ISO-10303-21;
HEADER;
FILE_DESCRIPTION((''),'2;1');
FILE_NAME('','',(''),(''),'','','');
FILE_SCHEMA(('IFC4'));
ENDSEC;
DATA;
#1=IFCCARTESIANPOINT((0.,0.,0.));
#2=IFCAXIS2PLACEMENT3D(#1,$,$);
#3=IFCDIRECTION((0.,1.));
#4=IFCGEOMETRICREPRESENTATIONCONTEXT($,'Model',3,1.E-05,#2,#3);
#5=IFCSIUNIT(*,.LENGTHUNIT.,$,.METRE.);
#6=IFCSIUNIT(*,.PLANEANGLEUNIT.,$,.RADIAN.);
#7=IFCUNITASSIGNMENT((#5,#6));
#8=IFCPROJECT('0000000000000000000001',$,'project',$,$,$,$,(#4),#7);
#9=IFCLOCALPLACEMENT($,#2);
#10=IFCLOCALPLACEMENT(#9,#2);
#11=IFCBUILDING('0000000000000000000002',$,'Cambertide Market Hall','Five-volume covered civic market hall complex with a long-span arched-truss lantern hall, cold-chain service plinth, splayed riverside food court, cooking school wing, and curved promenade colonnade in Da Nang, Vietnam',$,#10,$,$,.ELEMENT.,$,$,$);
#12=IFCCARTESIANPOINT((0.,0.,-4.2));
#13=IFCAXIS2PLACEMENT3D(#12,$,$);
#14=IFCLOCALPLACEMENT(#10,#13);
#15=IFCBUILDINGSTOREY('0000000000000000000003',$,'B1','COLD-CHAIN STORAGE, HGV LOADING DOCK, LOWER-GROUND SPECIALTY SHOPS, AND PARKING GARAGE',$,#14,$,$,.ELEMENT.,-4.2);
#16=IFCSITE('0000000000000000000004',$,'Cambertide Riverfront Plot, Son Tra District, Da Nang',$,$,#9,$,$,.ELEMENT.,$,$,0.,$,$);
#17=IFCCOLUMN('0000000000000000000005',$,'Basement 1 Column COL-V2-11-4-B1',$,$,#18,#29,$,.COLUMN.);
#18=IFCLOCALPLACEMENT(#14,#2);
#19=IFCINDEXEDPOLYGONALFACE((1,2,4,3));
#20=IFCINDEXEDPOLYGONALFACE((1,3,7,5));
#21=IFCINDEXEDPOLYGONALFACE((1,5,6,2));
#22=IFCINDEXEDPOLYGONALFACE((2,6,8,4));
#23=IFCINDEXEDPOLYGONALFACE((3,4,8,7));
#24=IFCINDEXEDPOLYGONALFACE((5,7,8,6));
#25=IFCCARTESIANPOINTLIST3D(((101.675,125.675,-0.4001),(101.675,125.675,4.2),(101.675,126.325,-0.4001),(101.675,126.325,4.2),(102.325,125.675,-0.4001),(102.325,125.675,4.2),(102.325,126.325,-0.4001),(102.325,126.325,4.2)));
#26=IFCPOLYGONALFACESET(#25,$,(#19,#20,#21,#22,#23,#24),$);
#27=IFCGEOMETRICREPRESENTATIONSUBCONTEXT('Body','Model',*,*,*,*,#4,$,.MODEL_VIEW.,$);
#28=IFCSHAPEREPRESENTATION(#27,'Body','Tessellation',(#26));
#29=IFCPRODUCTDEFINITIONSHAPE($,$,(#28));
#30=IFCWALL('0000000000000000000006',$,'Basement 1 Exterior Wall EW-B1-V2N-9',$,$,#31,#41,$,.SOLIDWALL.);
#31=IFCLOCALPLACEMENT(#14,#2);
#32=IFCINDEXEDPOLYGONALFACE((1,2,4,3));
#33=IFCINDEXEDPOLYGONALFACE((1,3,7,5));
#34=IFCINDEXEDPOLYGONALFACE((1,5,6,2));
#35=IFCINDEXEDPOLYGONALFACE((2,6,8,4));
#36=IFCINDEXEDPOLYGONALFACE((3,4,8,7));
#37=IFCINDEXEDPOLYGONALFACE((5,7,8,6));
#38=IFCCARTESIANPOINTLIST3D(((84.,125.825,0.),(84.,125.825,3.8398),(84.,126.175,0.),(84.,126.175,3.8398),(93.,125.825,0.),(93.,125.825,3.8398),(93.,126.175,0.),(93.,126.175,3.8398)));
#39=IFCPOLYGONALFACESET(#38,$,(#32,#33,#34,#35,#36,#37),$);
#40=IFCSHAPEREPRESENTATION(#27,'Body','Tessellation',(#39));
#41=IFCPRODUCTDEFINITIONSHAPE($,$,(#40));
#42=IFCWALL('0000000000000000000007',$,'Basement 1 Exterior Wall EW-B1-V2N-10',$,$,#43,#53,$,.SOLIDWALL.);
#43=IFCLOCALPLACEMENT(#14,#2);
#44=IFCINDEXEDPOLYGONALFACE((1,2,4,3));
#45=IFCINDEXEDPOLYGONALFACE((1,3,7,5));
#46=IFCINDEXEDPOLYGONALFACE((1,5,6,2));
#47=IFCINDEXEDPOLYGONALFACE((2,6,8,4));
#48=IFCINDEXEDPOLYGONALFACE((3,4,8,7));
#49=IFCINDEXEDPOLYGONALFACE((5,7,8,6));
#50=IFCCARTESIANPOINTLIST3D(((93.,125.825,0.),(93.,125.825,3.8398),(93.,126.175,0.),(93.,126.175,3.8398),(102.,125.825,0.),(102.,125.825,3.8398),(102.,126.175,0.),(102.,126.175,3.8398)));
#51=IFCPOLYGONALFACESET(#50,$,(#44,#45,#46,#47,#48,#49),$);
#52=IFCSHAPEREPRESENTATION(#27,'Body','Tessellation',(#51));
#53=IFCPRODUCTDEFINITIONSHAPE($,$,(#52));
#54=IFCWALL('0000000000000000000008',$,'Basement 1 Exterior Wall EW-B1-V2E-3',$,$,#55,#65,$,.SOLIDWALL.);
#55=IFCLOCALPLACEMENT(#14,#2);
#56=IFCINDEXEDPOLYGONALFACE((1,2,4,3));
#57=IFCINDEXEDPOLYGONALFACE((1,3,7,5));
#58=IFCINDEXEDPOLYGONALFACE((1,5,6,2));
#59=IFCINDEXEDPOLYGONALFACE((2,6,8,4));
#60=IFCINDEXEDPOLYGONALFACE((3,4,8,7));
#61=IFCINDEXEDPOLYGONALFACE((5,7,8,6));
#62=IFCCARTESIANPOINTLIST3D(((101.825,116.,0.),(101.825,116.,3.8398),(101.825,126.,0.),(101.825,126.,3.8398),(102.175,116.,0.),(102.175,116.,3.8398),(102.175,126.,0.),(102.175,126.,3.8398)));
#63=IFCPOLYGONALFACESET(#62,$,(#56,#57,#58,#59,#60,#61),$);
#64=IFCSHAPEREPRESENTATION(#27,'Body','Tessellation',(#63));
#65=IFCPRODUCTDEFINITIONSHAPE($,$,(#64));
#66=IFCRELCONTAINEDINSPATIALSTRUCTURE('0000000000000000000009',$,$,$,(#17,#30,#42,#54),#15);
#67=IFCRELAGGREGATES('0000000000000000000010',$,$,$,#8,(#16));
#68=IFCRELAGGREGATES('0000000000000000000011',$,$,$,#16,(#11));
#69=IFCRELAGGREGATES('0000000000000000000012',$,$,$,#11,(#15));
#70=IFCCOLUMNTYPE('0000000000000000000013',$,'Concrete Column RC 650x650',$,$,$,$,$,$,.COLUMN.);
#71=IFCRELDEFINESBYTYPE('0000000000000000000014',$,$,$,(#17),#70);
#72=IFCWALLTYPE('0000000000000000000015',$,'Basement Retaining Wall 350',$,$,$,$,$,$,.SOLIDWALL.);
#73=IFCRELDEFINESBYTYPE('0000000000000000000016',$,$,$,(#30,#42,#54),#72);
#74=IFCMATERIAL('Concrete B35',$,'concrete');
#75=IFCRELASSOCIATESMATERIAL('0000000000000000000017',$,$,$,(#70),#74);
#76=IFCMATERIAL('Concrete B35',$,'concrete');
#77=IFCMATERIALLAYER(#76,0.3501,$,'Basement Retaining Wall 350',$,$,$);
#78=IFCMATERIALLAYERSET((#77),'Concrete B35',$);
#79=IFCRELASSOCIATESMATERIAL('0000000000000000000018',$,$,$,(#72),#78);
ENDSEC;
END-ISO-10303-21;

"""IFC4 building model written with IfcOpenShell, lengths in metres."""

from ifc_helpers import new_model, si_unit, direction, frame, frame_2d, origin, origin_2d, place, context, subcontext, project, spatial, rectangle, extrude, material, layer, layer_set, material_profile, profile_set, type_object, element, save


model = new_model("IFC4")

# Units and contexts
model_context = context("Model", 3, precision=1e-05, world=origin(), true_north=direction((0.0, 1.0)))
body_context = subcontext(model_context, "Body", "Model", "MODEL_VIEW")
ifc_project = project(units=[si_unit("LENGTHUNIT", "METRE"), si_unit("PLANEANGLEUNIT", "RADIAN")], contexts=[model_context])

# Site, building, storey
site_placement = place(None, origin())
site = spatial("IfcSite", under=ifc_project, at=site_placement, Name="Cambertide Riverfront Plot, Son Tra District, Da Nang", CompositionType="ELEMENT", RefElevation=0.0)
building_placement = place(site_placement, origin())
building = spatial("IfcBuilding", under=site, at=building_placement, Name="Cambertide Market Hall", Description="Five-volume covered civic market hall complex with a long-span arched-truss lantern hall, cold-chain service plinth, splayed riverside food court, cooking school wing, and curved promenade colonnade in Da Nang, Vietnam", CompositionType="ELEMENT")
storey_placement = place(building_placement, frame((0.0, 0.0, -4.2)))
storey = spatial("IfcBuildingStorey", under=building, at=storey_placement, Name="B1", Description="COLD-CHAIN STORAGE, HGV LOADING DOCK, LOWER-GROUND SPECIALTY SHOPS, AND PARKING GARAGE", CompositionType="ELEMENT", Elevation=-4.2)

# Column
ifc_material_1 = material(Name="Concrete B35", Category="concrete")
ifc_material_profile_1 = material_profile(ifc_material_1, rectangle(XDim=0.6499, YDim=0.6499, at=origin_2d()), Name="RC 650x650")
ifc_profile_set_1 = profile_set([ifc_material_profile_1], Name="Concrete B35")
column_type = type_object("IfcColumnType", Name="Concrete Column RC 650x650", PredefinedType="COLUMN", material=ifc_profile_set_1)
for number, where, z_axis, x_axis, name in (
    (1, (102.0, 126.0, -0.4001), (0.0, 0.0, 1.0), (1.0, 0.0, 0.0), "Basement 1 Column COL-V2-11-4-B1"),
):
    element("IfcColumn", number, at=place(storey_placement, frame(where, z_axis=z_axis, x_axis=x_axis)), inside=storey, type_object=column_type, Name=name, PredefinedType="COLUMN", context=body_context, shape_type="SweptSolid", body=[
        extrude(rectangle(XDim=0.6499, YDim=0.6499, at=origin_2d()), origin(), (0.0, 0.0, 1.0), 4.6001),
    ])

# Walls
ifc_material_2 = material(Name="Concrete B35", Category="concrete")
ifc_layer = layer(ifc_material_2, 0.3501, Name="Basement Retaining Wall 350")
ifc_layer_set = layer_set([ifc_layer], Name="Concrete B35")
wall_type = type_object("IfcWallType", Name="Basement Retaining Wall 350", PredefinedType="SOLIDWALL", material=ifc_layer_set)
for number, where, z_axis, x_axis, name in (
    (2, (84.0, 126.0, 0.0), (0.0, 0.0, 1.0), (1.0, 0.0, 0.0), "Basement 1 Exterior Wall EW-B1-V2N-9"),
    (3, (93.0, 126.0, 0.0), (0.0, 0.0, 1.0), (1.0, 0.0, 0.0), "Basement 1 Exterior Wall EW-B1-V2N-10"),
):
    element("IfcWall", number, at=place(storey_placement, frame(where, z_axis=z_axis, x_axis=x_axis)), inside=storey, type_object=wall_type, Name=name, PredefinedType="SOLIDWALL", context=body_context, shape_type="SweptSolid", body=[
        extrude(rectangle(XDim=9.0, YDim=0.3501, at=frame_2d((4.5, 0.0))), origin(), (0.0, 0.0, 1.0), 3.8398),
    ])
wall_placement = place(storey_placement, frame((102.0, 126.0, 0.0), z_axis=(0.0, 0.0, 1.0), x_axis=(0.0, -1.0, 0.0)))
element("IfcWall", 4, at=wall_placement, inside=storey, type_object=wall_type, Name="Basement 1 Exterior Wall EW-B1-V2E-3", PredefinedType="SOLIDWALL", context=body_context, shape_type="SweptSolid", body=[
    extrude(rectangle(XDim=10.0, YDim=0.3501, at=frame_2d((5.0, 0.0))), origin(), (0.0, 0.0, 1.0), 3.8398),
])

save(model, "model.ifc")
